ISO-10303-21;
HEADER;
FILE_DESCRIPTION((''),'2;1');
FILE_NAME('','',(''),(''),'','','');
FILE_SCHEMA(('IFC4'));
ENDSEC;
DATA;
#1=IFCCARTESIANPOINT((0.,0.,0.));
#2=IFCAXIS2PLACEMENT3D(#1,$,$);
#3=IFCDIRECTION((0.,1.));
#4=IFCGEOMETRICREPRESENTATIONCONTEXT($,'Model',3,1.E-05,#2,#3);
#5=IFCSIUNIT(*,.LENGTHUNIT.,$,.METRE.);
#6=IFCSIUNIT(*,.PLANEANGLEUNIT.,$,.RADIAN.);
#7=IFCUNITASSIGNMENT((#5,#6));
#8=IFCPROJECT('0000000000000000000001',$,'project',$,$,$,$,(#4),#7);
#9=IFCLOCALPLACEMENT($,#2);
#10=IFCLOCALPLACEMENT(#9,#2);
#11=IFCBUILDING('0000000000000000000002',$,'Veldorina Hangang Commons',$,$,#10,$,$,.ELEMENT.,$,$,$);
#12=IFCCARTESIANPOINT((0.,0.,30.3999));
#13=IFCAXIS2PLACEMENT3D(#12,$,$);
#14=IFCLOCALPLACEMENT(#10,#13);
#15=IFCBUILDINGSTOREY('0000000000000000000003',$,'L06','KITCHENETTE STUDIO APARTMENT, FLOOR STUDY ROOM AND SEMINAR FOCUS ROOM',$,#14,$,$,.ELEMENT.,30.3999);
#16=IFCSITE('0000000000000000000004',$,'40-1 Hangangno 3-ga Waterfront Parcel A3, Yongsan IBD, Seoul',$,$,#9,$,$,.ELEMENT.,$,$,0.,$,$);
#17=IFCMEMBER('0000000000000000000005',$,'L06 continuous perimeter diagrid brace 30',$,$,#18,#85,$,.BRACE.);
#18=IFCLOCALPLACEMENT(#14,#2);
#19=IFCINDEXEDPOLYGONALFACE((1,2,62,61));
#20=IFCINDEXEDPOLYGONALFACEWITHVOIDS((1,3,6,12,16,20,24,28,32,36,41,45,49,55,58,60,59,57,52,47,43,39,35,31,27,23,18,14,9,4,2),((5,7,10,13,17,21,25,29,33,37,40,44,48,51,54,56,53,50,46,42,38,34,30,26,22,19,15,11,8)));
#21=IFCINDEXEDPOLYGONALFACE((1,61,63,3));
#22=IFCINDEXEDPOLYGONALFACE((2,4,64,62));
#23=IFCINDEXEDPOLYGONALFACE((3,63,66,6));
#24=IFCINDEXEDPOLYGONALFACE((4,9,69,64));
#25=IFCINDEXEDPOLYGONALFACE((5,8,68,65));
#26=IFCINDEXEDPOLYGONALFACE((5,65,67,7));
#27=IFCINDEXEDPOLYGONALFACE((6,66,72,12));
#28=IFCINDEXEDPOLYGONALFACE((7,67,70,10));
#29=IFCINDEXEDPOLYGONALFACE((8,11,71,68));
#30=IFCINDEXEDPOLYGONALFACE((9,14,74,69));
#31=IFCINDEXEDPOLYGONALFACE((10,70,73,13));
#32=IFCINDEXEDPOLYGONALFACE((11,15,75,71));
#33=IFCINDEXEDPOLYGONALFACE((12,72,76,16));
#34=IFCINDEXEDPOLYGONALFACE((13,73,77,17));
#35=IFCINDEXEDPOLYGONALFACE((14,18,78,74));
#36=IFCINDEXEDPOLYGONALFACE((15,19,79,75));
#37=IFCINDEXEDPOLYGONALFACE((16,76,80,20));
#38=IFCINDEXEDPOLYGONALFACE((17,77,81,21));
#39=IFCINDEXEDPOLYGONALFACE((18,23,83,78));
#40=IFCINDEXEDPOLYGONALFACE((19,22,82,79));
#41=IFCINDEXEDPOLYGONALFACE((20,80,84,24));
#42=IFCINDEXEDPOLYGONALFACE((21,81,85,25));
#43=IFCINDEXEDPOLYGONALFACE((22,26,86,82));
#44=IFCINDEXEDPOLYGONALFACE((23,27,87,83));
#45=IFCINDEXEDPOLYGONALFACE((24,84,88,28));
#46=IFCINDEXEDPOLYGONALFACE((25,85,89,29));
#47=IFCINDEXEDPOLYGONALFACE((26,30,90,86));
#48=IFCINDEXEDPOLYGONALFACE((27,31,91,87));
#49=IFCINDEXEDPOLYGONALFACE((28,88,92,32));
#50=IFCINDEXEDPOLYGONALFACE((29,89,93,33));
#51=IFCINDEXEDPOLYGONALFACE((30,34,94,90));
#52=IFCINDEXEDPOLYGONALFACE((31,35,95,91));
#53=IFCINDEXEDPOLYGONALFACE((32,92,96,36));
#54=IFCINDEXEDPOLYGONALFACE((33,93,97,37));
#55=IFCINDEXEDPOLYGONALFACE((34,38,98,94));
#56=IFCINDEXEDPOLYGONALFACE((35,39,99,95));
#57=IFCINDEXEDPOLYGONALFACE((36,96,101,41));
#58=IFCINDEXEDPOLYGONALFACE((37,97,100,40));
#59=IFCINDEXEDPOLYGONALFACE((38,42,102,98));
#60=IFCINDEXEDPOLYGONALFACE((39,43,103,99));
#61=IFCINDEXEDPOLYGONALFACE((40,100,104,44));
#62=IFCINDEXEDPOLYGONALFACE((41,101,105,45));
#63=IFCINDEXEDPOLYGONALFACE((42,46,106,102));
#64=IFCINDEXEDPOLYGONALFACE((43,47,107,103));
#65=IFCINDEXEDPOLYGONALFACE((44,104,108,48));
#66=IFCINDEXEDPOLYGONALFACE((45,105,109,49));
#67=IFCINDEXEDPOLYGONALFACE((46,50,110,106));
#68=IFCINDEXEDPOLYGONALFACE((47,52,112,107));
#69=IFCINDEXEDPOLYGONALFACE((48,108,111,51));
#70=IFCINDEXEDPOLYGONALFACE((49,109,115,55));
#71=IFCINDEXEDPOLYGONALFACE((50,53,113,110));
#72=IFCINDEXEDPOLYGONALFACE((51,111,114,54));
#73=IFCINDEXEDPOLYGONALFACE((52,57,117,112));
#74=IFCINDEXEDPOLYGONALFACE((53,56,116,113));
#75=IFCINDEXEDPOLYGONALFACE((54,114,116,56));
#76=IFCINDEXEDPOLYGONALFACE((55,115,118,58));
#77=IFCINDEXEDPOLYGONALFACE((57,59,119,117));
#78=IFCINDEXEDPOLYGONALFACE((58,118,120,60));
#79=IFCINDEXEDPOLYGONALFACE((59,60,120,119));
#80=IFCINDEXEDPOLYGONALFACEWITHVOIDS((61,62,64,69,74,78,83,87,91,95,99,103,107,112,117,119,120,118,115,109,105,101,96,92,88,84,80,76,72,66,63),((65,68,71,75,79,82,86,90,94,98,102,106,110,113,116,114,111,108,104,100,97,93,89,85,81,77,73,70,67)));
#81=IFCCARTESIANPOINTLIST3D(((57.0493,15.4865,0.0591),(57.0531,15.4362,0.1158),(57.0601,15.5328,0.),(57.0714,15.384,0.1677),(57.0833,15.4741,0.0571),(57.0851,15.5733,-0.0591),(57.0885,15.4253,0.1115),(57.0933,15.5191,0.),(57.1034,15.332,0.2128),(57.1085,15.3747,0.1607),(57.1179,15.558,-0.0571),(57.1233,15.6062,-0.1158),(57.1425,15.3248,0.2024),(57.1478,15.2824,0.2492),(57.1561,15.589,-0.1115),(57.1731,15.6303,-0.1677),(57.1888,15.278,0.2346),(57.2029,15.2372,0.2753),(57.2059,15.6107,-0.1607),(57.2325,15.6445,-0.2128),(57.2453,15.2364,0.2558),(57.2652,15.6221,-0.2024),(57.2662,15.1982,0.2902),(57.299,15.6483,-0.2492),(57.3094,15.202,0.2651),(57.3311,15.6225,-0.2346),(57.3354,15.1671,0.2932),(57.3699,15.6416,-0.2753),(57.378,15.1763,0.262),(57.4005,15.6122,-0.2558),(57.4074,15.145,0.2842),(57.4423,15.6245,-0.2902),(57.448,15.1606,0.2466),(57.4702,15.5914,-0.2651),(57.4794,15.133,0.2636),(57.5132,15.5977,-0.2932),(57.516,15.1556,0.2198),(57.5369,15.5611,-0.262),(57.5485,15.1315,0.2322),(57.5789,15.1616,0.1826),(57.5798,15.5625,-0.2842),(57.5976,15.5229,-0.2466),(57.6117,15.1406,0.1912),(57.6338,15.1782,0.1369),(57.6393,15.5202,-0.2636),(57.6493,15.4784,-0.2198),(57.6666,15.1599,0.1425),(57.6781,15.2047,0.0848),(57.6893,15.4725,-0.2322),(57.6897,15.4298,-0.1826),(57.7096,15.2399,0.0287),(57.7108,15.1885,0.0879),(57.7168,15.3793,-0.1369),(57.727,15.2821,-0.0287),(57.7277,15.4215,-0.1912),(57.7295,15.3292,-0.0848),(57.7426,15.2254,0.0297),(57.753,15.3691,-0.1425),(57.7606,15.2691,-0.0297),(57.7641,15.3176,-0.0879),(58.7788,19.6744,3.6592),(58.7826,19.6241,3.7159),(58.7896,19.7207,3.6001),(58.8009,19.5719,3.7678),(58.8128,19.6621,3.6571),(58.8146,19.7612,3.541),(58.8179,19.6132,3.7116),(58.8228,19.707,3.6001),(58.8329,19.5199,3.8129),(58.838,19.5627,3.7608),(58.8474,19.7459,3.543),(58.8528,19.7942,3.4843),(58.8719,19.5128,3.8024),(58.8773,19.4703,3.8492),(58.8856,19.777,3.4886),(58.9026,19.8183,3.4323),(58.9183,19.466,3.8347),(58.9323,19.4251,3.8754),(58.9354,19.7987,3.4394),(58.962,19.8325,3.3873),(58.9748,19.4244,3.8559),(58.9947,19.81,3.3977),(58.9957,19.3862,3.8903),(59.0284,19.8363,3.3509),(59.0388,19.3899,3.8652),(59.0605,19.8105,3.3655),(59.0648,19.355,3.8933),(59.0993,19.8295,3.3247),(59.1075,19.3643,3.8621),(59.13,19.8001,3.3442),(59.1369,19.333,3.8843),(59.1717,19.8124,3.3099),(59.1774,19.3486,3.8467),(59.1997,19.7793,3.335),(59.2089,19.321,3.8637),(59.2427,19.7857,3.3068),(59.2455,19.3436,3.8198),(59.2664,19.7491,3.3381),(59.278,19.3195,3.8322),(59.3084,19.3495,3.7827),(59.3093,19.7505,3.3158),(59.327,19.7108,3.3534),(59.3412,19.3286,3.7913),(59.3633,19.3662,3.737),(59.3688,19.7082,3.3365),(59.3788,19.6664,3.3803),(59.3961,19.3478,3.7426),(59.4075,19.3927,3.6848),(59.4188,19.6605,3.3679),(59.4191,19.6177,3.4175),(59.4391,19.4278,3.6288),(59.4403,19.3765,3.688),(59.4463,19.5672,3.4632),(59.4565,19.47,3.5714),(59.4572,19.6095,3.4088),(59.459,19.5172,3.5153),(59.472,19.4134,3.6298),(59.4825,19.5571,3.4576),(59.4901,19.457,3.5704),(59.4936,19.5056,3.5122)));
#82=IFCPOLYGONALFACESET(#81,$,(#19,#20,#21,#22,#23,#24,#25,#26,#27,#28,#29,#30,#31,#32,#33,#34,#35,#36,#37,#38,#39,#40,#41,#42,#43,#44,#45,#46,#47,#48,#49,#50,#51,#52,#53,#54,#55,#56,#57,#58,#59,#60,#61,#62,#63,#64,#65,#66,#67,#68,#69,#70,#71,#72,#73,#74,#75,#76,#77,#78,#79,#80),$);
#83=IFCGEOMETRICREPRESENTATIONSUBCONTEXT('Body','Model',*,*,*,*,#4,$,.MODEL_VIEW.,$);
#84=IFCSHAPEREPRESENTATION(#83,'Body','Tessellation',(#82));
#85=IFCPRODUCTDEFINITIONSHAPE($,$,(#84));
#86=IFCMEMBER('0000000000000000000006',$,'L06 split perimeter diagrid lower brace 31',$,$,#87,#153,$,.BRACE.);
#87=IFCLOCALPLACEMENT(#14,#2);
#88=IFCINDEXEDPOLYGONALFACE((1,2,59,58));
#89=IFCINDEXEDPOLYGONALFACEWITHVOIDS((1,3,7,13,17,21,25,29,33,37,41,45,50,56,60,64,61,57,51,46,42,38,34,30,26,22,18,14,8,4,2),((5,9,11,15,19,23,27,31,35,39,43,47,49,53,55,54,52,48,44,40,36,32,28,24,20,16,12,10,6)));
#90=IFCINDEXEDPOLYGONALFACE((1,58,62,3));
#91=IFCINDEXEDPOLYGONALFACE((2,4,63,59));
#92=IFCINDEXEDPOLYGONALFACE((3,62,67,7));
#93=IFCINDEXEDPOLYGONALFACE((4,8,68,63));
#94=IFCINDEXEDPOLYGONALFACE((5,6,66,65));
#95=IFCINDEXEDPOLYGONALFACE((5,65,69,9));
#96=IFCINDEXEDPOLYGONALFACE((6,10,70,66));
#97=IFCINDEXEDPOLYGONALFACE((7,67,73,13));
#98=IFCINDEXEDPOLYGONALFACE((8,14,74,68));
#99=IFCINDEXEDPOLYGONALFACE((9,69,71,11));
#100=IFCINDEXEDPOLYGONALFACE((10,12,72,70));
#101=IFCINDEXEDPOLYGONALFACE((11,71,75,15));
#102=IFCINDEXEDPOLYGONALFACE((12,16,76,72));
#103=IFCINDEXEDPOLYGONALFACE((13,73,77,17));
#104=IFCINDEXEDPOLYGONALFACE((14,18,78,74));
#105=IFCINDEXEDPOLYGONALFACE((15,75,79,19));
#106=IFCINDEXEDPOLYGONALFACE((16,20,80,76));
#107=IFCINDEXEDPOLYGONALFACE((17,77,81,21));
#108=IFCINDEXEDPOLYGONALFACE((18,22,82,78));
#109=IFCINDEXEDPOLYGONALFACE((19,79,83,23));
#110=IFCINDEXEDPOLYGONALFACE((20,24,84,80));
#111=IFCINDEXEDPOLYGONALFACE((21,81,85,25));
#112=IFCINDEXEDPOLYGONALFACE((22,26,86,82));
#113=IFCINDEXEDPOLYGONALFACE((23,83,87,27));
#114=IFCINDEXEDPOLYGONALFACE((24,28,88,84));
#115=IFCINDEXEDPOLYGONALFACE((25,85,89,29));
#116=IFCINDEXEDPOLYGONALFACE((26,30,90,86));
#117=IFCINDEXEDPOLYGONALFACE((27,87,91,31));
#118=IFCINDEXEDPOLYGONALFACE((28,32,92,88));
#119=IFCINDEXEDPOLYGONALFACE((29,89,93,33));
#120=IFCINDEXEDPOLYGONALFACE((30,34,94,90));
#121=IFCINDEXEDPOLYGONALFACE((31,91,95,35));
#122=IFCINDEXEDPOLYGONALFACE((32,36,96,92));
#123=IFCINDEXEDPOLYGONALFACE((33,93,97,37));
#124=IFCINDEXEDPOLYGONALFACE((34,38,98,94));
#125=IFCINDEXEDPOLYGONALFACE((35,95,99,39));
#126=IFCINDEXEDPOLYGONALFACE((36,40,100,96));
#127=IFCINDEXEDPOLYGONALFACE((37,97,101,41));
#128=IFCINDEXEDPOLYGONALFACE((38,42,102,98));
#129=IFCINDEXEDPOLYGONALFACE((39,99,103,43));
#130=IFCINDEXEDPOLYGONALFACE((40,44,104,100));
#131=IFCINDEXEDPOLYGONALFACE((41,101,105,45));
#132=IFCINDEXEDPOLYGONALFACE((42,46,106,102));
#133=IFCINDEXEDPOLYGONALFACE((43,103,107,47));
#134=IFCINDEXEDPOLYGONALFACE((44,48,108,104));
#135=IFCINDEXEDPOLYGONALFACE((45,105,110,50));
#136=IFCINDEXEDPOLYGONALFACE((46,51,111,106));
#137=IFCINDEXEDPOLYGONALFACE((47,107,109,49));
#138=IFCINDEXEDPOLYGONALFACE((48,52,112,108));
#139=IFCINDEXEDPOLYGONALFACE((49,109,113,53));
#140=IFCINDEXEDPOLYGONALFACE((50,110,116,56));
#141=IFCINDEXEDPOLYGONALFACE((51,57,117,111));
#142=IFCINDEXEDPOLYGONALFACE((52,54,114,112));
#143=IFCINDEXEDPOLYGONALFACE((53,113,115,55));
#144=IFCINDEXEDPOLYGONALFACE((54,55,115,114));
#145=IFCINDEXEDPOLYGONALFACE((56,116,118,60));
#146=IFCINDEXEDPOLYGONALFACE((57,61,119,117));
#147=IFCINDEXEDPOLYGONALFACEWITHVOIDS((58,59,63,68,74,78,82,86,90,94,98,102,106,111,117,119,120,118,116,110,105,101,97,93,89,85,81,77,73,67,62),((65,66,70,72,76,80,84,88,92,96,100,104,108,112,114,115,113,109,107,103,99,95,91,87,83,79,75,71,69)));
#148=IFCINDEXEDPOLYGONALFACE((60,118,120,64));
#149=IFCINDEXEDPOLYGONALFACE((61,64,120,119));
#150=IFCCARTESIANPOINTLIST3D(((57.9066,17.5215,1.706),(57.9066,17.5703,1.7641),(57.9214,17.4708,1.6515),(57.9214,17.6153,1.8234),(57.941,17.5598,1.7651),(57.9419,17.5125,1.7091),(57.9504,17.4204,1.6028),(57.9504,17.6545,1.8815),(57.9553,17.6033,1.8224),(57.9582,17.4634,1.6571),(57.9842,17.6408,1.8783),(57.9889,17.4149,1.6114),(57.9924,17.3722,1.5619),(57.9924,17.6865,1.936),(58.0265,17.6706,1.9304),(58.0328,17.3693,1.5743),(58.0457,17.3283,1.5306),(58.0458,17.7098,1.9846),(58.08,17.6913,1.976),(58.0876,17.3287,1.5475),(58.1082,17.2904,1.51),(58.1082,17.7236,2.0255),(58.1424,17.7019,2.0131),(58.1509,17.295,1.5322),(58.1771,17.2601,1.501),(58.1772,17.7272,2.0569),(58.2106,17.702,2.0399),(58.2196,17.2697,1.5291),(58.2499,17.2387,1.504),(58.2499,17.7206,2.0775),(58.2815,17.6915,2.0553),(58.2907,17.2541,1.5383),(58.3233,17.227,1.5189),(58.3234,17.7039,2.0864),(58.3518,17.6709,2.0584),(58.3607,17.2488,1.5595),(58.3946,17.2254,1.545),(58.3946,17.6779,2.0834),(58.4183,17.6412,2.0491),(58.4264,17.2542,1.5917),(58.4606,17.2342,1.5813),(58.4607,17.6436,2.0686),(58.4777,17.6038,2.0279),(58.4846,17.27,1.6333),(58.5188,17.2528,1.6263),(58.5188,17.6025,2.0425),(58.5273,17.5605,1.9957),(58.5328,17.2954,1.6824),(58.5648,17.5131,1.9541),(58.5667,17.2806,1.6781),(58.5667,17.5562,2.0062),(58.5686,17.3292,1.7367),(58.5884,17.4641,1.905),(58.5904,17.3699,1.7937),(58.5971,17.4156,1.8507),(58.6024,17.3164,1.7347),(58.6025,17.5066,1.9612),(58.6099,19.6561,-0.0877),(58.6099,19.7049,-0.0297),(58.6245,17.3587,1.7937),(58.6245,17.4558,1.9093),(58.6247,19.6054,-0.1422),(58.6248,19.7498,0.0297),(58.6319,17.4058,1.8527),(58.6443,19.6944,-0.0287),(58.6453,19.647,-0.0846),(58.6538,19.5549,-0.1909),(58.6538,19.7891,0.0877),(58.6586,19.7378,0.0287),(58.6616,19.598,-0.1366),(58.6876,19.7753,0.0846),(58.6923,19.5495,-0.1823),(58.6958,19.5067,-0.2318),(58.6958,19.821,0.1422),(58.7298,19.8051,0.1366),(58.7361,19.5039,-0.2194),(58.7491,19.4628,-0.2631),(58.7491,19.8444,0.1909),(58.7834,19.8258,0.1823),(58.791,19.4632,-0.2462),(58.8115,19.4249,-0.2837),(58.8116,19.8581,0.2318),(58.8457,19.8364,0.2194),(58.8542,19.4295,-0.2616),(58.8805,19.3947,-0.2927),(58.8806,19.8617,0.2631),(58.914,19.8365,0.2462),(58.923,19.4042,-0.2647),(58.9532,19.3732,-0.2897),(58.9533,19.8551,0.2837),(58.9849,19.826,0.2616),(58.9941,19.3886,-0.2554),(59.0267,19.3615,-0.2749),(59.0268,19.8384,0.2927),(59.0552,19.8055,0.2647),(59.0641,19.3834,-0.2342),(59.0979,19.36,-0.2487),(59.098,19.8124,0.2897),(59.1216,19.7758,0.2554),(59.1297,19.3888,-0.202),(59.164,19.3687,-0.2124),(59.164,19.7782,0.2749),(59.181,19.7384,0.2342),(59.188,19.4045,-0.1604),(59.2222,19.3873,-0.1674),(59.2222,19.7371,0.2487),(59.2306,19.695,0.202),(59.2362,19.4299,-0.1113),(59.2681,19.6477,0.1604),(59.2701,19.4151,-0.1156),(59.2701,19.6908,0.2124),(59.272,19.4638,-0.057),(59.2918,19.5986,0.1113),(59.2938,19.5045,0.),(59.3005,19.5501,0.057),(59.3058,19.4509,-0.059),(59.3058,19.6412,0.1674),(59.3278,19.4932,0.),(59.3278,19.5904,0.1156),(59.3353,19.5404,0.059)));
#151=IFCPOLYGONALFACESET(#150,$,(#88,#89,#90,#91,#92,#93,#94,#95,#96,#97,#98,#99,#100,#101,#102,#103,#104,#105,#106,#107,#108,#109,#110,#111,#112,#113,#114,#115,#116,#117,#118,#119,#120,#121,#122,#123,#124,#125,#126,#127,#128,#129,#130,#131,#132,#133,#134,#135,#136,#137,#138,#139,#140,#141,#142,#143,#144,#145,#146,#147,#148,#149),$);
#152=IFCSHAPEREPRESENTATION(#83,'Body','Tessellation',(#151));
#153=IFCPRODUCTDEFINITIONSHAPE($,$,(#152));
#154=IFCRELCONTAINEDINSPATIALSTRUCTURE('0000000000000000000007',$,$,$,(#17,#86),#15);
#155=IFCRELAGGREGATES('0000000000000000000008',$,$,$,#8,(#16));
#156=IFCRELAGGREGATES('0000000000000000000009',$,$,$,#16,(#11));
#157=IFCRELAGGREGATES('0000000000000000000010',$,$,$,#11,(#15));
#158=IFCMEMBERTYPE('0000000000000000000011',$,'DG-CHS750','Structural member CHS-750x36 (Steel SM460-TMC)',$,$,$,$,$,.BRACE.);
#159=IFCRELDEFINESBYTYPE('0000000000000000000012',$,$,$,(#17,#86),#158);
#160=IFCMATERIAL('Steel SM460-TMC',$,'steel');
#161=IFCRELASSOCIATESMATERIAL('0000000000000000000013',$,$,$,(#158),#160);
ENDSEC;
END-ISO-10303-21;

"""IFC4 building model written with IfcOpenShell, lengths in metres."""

from ifc_helpers import new_model, si_unit, direction, frame, origin, origin_2d, place, context, subcontext, project, spatial, hollow_circle, extrude, material, material_profile, profile_set, type_object, element, save


model = new_model("IFC4")

# Units and contexts
model_context = context("Model", 3, precision=1e-05, world=origin(), true_north=direction((0.0, 1.0)))
body_context = subcontext(model_context, "Body", "Model", "MODEL_VIEW")
ifc_project = project(units=[si_unit("LENGTHUNIT", "METRE"), si_unit("PLANEANGLEUNIT", "RADIAN")], contexts=[model_context])

# Site, building, storey
site_placement = place(None, origin())
site = spatial("IfcSite", under=ifc_project, at=site_placement, Name="40-1 Hangangno 3-ga Waterfront Parcel A3, Yongsan IBD, Seoul", CompositionType="ELEMENT", RefElevation=0.0)
building_placement = place(site_placement, origin())
building = spatial("IfcBuilding", under=site, at=building_placement, Name="Veldorina Hangang Commons", CompositionType="ELEMENT")
storey_placement = place(building_placement, frame((0.0, 0.0, 30.3999)))
storey = spatial("IfcBuildingStorey", under=building, at=storey_placement, Name="L06", Description="KITCHENETTE STUDIO APARTMENT, FLOOR STUDY ROOM AND SEMINAR FOCUS ROOM", CompositionType="ELEMENT", Elevation=30.3999)

# Shared definitions
ifc_material_1 = material(Name="Steel SM460-TMC", Category="steel")

# Members
ifc_material_profile_1 = material_profile(ifc_material_1, hollow_circle(Radius=0.375, WallThickness=0.0359, at=origin_2d()), Name="CHS-750x36")
ifc_profile_set_1 = profile_set([ifc_material_profile_1], Name="Steel SM460-TMC")
member_type = type_object("IfcMemberType", Name="DG-CHS750", Description="Structural member CHS-750x36 (Steel SM460-TMC)", PredefinedType="BRACE", material=ifc_profile_set_1)
member_1_placement = place(storey_placement, frame((57.4067, 15.3896, 0.0), z_axis=(0.29885, 0.72367, 0.622085), x_axis=(-0.924287, 0.381698, 0.0)))
element("IfcMember", 1, at=member_1_placement, inside=storey, type_object=member_type, Name="L06 continuous perimeter diagrid brace 30", PredefinedType="BRACE", context=body_context, shape_type="SweptSolid", body=[
    extrude(hollow_circle(Radius=0.375, WallThickness=0.0359, at=origin_2d()), origin(), (0.0, 0.0, 1.0), 5.7871),
])
member_2_placement = place(storey_placement, frame((58.9717, 19.6106, 0.0), z_axis=(-0.244611, -0.742323, 0.623796), x_axis=(0.949764, -0.312967, 0.0)))
element("IfcMember", 2, at=member_2_placement, inside=storey, type_object=member_type, Name="L06 split perimeter diagrid lower brace 31", PredefinedType="BRACE", context=body_context, shape_type="SweptSolid", body=[
    extrude(hollow_circle(Radius=0.375, WallThickness=0.0359, at=origin_2d()), origin(), (0.0, 0.0, 1.0), 2.8755),
])

save(model, "model.ifc")
